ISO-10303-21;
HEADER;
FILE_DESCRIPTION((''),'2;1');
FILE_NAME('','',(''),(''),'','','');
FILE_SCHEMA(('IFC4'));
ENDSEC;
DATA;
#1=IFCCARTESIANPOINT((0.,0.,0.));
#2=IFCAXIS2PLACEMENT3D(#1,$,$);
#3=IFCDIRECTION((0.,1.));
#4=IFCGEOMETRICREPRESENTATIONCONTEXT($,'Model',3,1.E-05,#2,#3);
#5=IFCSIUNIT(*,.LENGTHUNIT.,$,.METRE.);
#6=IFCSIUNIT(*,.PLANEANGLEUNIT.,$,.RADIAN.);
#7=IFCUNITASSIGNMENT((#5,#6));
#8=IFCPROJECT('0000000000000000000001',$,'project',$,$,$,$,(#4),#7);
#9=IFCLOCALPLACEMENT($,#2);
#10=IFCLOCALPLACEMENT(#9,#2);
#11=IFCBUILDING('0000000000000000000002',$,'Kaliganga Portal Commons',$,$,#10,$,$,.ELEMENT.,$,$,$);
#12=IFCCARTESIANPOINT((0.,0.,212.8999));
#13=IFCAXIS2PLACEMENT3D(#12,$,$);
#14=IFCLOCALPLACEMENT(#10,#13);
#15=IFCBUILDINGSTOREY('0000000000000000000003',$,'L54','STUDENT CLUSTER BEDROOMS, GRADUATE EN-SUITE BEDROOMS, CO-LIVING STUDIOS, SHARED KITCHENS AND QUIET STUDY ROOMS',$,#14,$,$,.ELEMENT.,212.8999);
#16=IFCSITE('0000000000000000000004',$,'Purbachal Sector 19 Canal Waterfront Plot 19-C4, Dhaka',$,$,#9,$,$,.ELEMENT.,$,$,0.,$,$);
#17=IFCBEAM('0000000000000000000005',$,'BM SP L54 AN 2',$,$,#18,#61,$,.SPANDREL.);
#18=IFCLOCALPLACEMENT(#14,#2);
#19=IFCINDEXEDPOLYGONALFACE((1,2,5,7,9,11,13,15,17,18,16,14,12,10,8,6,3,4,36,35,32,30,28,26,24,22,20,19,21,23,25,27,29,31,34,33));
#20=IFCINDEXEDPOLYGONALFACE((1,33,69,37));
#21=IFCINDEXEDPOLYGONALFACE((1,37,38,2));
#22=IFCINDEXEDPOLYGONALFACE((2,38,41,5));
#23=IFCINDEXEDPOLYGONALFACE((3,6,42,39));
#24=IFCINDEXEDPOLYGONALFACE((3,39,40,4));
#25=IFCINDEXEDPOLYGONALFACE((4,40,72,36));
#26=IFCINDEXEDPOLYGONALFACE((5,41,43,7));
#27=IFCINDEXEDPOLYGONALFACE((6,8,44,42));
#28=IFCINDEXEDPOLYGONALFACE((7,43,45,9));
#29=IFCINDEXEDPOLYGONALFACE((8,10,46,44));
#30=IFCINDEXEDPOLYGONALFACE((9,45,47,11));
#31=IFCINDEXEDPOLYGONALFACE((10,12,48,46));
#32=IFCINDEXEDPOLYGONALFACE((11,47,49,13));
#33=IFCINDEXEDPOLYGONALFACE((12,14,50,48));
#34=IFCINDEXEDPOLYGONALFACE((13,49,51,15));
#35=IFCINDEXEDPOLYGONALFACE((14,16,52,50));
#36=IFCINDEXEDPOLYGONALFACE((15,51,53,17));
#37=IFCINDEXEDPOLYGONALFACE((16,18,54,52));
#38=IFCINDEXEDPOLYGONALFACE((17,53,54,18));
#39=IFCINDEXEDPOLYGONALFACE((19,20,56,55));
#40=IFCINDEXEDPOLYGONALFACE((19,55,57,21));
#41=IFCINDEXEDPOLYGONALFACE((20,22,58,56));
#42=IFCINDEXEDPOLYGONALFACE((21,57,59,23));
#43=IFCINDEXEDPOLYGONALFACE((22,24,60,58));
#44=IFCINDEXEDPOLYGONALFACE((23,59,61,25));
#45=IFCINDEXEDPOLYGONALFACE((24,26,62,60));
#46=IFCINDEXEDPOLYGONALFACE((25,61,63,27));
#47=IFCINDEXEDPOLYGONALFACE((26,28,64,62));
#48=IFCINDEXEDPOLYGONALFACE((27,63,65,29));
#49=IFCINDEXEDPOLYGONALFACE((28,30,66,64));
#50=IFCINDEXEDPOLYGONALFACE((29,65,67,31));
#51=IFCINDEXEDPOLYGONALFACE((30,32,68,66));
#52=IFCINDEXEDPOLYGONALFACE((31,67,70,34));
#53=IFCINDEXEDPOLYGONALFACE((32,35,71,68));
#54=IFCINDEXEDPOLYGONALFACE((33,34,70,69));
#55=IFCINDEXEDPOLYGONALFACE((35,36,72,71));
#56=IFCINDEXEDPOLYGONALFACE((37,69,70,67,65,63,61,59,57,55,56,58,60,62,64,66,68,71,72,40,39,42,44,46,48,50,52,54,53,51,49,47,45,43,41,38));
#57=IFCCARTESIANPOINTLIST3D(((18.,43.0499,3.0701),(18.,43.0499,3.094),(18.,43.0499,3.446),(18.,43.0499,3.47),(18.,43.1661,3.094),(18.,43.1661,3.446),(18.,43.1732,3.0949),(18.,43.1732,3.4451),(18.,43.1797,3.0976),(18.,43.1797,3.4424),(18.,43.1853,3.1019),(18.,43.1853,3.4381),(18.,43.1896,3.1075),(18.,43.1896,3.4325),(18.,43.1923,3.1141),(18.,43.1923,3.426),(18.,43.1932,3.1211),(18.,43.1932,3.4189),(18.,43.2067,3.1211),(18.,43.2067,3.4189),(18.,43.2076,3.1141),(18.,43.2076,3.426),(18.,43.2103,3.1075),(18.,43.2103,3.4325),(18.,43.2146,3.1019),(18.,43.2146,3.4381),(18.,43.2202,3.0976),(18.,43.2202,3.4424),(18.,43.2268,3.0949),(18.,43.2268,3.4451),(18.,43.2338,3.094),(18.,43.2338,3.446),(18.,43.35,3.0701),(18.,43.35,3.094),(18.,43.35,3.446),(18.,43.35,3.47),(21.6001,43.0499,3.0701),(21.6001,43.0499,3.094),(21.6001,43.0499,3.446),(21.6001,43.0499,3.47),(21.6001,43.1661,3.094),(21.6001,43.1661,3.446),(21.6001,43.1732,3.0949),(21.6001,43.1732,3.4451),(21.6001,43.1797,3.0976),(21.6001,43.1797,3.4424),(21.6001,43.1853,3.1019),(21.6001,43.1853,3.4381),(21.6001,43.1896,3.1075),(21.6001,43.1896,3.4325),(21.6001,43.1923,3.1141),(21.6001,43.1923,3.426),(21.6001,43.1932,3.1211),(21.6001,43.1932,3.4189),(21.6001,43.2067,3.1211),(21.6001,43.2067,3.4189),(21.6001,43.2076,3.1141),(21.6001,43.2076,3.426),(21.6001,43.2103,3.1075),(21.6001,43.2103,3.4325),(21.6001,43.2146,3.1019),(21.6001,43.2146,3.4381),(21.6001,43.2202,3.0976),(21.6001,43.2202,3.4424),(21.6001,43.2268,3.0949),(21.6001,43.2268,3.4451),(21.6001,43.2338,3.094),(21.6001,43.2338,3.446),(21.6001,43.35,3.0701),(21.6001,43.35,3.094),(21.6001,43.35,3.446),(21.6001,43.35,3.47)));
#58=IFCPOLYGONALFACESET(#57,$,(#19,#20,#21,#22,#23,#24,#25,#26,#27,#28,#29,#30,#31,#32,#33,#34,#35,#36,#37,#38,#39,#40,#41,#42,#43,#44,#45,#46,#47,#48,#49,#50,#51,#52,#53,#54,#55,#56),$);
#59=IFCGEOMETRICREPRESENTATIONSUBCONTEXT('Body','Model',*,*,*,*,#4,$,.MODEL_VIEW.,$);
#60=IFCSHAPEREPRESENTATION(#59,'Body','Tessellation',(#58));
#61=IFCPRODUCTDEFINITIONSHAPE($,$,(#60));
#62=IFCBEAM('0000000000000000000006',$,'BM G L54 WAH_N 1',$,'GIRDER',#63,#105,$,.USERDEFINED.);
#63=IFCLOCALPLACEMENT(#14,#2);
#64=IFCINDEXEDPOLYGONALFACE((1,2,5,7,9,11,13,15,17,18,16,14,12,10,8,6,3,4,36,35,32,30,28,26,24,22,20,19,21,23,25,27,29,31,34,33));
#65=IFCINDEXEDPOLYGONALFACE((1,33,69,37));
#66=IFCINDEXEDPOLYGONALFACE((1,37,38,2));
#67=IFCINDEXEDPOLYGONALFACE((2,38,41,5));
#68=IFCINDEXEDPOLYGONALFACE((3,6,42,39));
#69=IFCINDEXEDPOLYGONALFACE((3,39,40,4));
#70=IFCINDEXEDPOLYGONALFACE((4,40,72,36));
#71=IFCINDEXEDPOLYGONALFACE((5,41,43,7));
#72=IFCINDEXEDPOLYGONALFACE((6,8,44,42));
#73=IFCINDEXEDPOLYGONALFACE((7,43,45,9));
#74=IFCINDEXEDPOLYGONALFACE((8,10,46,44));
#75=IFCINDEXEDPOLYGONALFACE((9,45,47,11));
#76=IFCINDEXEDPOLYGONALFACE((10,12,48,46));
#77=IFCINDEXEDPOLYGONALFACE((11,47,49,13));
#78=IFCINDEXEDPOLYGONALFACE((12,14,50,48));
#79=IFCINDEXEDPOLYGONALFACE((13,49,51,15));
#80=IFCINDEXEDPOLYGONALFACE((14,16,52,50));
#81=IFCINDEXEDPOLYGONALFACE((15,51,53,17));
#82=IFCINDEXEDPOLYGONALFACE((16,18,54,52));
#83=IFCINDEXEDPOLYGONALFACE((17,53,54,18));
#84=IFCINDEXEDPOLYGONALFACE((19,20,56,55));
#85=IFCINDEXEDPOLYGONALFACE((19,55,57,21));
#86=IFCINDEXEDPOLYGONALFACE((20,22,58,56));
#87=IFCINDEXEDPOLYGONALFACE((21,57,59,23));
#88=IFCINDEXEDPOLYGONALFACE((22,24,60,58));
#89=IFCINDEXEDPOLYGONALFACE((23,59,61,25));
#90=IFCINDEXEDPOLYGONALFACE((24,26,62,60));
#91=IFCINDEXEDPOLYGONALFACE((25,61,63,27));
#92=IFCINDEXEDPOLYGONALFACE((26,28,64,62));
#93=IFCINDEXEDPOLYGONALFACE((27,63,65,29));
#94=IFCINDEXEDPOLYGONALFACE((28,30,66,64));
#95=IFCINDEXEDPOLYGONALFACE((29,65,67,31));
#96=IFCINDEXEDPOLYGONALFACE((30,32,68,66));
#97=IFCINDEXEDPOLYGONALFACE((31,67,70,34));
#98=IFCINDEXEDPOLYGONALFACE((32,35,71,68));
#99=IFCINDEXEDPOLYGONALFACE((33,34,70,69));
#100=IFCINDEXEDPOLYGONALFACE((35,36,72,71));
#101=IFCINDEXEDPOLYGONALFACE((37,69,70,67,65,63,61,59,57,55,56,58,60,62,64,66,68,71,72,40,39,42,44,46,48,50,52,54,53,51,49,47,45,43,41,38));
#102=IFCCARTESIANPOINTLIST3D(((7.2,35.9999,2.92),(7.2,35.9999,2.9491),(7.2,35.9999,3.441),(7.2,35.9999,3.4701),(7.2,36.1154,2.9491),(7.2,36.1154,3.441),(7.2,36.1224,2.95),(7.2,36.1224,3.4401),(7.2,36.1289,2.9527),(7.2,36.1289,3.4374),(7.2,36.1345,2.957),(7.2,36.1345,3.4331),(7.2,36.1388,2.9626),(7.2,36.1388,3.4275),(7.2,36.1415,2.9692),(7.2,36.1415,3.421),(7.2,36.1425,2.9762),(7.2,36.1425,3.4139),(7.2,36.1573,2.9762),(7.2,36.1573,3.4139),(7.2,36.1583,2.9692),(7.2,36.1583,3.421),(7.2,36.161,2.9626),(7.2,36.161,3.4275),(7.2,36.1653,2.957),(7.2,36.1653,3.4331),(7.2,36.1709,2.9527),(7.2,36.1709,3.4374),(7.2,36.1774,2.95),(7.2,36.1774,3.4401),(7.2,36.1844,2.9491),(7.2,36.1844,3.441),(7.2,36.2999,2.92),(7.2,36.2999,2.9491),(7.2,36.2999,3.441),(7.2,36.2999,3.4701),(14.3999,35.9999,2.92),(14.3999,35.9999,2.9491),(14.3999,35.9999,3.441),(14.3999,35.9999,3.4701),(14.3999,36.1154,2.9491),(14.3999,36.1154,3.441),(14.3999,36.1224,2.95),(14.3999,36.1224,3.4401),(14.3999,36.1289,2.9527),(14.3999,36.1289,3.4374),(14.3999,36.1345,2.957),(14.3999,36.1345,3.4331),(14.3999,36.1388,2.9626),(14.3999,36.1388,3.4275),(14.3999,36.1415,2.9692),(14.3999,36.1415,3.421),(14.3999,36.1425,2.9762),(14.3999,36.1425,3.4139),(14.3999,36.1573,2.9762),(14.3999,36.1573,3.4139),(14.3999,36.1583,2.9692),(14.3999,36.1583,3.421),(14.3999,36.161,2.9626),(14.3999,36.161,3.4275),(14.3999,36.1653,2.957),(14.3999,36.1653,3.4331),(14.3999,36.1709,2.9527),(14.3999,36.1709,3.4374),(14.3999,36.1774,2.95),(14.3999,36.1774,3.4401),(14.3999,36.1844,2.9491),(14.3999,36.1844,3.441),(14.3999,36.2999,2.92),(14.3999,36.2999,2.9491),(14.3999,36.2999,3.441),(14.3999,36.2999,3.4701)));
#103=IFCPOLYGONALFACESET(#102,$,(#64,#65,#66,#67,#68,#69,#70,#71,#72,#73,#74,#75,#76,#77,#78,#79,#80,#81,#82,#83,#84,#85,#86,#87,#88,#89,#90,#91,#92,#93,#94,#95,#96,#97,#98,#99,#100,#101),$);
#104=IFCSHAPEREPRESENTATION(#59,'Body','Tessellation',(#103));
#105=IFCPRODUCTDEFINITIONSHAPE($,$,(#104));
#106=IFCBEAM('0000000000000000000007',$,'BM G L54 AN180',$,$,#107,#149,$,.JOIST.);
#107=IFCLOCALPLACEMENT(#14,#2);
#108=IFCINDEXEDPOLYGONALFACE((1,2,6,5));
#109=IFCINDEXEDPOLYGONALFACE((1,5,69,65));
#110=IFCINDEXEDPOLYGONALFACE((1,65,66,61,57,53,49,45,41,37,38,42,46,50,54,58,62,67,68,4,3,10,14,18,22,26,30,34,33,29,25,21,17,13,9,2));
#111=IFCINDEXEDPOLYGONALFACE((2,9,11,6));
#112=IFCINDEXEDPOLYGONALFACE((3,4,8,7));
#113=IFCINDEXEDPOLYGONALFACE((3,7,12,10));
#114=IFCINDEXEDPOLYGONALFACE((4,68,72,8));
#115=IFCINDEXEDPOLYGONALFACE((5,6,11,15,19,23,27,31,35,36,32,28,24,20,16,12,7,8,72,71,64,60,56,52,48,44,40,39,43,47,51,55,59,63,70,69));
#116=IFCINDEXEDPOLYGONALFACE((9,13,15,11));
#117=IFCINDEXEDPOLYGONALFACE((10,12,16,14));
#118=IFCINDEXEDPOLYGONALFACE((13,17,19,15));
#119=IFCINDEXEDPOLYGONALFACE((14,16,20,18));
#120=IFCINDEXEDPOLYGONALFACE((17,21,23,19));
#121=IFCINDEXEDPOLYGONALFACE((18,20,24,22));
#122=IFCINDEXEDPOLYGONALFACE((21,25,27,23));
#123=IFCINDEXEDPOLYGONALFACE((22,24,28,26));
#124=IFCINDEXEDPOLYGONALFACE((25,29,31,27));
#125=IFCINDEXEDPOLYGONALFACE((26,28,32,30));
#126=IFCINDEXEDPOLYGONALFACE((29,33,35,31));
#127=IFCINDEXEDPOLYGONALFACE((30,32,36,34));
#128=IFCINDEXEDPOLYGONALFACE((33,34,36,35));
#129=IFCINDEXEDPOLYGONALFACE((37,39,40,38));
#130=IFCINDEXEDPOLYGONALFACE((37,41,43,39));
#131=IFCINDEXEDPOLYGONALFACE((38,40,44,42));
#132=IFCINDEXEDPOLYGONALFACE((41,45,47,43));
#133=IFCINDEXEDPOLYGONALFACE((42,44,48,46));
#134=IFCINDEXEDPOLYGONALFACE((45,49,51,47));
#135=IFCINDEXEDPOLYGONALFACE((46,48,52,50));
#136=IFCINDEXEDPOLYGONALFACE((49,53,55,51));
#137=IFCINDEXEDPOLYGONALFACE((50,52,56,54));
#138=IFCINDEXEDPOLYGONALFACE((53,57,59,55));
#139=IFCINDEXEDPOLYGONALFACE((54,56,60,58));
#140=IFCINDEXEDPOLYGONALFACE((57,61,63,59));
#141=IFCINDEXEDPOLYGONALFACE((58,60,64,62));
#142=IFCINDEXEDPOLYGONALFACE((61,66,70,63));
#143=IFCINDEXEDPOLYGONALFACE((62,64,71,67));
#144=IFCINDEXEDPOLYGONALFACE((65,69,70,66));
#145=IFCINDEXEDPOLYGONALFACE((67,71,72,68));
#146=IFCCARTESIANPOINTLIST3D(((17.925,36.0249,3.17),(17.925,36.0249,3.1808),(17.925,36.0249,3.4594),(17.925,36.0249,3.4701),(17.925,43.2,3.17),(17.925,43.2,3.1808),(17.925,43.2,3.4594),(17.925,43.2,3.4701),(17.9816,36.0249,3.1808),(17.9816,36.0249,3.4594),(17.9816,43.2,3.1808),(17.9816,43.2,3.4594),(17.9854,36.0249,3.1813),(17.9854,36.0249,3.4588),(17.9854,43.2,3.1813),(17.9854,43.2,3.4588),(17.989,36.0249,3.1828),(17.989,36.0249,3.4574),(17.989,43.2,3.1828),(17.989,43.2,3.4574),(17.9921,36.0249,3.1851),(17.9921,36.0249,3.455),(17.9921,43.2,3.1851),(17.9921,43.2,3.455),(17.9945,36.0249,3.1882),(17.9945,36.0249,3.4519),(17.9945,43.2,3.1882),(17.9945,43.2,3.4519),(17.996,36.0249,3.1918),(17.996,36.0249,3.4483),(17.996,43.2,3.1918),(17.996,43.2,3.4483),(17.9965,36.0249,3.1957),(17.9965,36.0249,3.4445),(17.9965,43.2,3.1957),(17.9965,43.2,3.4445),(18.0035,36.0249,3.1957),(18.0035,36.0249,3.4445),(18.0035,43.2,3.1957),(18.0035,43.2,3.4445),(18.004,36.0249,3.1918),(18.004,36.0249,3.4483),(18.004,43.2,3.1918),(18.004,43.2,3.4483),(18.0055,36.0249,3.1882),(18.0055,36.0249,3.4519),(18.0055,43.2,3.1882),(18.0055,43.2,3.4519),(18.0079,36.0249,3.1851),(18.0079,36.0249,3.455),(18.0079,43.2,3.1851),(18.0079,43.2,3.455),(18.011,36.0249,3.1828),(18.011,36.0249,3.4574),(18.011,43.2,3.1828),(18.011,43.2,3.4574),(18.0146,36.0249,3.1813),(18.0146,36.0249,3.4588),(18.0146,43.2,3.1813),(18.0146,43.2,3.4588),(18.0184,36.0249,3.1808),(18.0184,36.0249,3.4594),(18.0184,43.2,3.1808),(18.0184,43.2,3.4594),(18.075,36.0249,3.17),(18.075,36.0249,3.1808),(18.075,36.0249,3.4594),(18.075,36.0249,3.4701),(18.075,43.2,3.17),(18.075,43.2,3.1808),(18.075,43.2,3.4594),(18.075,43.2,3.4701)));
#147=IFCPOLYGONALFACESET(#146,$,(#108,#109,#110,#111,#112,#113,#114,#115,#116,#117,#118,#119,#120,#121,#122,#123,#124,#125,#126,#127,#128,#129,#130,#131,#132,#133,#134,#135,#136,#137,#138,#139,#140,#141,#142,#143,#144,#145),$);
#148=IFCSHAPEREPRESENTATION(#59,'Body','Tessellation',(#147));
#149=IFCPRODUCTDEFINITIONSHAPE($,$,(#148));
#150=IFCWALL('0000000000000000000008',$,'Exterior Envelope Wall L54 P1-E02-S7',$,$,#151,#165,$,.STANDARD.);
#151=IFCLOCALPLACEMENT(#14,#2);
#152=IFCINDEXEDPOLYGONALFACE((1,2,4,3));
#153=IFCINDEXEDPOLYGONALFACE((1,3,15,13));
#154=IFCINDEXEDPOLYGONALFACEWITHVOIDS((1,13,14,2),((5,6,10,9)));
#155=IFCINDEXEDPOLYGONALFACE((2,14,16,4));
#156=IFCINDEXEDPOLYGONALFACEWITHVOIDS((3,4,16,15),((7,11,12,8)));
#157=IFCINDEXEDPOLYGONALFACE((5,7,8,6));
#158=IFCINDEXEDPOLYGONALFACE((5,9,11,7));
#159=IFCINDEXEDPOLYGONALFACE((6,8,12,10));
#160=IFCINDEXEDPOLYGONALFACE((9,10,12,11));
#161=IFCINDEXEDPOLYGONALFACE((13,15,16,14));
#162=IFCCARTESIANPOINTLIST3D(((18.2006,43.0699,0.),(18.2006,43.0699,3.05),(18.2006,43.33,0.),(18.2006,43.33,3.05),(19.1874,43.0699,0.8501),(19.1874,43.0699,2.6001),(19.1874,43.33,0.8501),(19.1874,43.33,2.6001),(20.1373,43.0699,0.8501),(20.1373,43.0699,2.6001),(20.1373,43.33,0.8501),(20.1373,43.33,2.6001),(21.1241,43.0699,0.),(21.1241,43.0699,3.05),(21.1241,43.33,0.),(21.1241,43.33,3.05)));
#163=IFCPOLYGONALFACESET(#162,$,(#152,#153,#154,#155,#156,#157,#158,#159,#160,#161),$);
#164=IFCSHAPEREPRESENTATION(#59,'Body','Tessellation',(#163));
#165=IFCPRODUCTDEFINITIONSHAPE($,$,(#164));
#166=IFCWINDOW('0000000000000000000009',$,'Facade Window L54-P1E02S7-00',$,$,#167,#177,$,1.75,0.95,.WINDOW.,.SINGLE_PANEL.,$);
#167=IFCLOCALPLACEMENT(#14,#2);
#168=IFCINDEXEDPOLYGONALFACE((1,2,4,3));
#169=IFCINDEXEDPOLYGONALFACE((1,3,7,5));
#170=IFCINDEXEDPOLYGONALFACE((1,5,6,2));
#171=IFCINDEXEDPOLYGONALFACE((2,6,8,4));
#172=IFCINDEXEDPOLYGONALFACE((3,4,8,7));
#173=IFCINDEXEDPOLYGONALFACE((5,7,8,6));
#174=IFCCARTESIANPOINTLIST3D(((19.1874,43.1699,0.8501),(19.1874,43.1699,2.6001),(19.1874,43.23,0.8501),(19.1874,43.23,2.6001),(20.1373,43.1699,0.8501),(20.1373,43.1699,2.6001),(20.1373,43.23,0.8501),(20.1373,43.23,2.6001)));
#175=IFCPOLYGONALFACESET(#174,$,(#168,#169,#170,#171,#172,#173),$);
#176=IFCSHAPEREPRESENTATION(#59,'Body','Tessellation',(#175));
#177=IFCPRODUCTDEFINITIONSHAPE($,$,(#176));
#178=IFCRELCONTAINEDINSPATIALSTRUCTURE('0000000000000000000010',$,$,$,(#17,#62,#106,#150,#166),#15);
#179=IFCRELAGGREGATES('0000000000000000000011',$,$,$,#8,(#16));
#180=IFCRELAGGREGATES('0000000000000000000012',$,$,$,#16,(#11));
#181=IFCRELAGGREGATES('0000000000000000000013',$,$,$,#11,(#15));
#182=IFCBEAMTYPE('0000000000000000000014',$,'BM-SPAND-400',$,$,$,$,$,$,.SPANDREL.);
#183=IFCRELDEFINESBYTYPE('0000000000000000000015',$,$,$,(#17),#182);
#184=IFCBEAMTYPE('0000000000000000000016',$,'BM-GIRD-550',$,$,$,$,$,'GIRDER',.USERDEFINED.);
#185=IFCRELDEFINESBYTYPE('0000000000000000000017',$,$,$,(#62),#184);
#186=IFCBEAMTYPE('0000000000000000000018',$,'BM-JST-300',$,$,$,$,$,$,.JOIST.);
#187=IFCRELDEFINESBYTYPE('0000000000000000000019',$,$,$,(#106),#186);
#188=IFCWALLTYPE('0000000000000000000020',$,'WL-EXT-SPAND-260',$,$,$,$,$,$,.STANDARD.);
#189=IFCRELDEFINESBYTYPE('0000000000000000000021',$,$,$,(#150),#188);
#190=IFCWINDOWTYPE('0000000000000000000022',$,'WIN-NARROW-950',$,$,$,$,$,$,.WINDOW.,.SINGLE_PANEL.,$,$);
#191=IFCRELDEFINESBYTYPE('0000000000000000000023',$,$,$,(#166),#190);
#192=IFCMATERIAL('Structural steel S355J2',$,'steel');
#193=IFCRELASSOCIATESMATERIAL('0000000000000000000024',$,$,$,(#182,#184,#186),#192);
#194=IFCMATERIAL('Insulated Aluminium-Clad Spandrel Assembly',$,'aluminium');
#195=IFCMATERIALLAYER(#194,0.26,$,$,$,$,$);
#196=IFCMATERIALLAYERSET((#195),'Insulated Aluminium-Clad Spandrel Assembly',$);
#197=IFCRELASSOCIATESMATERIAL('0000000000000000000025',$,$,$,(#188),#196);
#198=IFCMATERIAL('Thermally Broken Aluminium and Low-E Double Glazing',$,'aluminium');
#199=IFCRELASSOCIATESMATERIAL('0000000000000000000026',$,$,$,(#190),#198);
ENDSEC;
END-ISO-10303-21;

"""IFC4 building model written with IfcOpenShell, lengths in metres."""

from ifc_helpers import new_model, si_unit, direction, frame, frame_2d, origin, origin_2d, place, context, subcontext, project, spatial, rectangle, i_section, extrude, source, transform, mapped, material, layer, layer_set, material_profile, profile_set, type_object, element, fill, save


model = new_model("IFC4")

# Units and contexts
model_context = context("Model", 3, precision=1e-05, world=origin(), true_north=direction((0.0, 1.0)))
body_context = subcontext(model_context, "Body", "Model", "MODEL_VIEW")
ifc_project = project(units=[si_unit("LENGTHUNIT", "METRE"), si_unit("PLANEANGLEUNIT", "RADIAN")], contexts=[model_context])

# Site, building, storey
site_placement = place(None, origin())
site = spatial("IfcSite", under=ifc_project, at=site_placement, Name="Purbachal Sector 19 Canal Waterfront Plot 19-C4, Dhaka", CompositionType="ELEMENT", RefElevation=0.0)
building_placement = place(site_placement, origin())
building = spatial("IfcBuilding", under=site, at=building_placement, Name="Kaliganga Portal Commons", CompositionType="ELEMENT")
storey_placement = place(building_placement, frame((0.0, 0.0, 212.8999)))
storey = spatial("IfcBuildingStorey", under=building, at=storey_placement, Name="L54", Description="STUDENT CLUSTER BEDROOMS, GRADUATE EN-SUITE BEDROOMS, CO-LIVING STUDIOS, SHARED KITCHENS AND QUIET STUDY ROOMS", CompositionType="ELEMENT", Elevation=212.8999)

# Shared definitions
ifc_material_1 = material(Name="Structural steel S355J2", Category="steel")

# Beams
ifc_material_profile_1 = material_profile(ifc_material_1, i_section(OverallWidth=0.3, OverallDepth=0.3999, WebThickness=0.0134, FlangeThickness=0.0239, FilletRadius=0.0271, at=origin_2d()), Name="HE 400 B")
ifc_profile_set_1 = profile_set([ifc_material_profile_1], Name="Structural steel S355J2 wide-flange")
beam_type_1 = type_object("IfcBeamType", Name="BM-SPAND-400", PredefinedType="SPANDREL", material=ifc_profile_set_1)
shared_shape_1 = source(origin(), body_context, "Body", "SweptSolid", [
    extrude(i_section(OverallWidth=0.3, OverallDepth=0.3999, WebThickness=0.0134, FlangeThickness=0.0239, FilletRadius=0.0271, at=origin_2d()), origin(), (0.0, 0.0, 1.0), 3.6001),
])
for number, where, z_axis, x_axis, name in (
    (1, (18.0, 43.2, 3.27), (1.0, 0.0, 0.0), (0.0, 1.0, 0.0), "BM SP L54 AN 2"),
):
    element("IfcBeam", number, at=place(storey_placement, frame(where, z_axis=z_axis, x_axis=x_axis)), inside=storey, type_object=beam_type_1, Name=name, PredefinedType="SPANDREL", context=body_context, shape_type="MappedRepresentation", body=[
        mapped(shared_shape_1, transform((0.0, 0.0, 0.0), x_axis=(1.0, 0.0, 0.0), y_axis=(0.0, 1.0, 0.0), z_axis=(0.0, 0.0, 1.0), scale=1.0)),
    ])
ifc_material_profile_2 = material_profile(ifc_material_1, i_section(OverallWidth=0.3, OverallDepth=0.55, WebThickness=0.0149, FlangeThickness=0.0291, FilletRadius=0.0271, at=origin_2d()), Name="HE 550 B")
ifc_profile_set_2 = profile_set([ifc_material_profile_2], Name="Structural steel S355J2 wide-flange")
beam_type_2 = type_object("IfcBeamType", Name="BM-GIRD-550", ElementType="GIRDER", PredefinedType="USERDEFINED", material=ifc_profile_set_2)
shared_shape_2 = source(origin(), body_context, "Body", "SweptSolid", [
    extrude(i_section(OverallWidth=0.3, OverallDepth=0.55, WebThickness=0.0149, FlangeThickness=0.0291, FilletRadius=0.0271, at=origin_2d()), origin(), (0.0, 0.0, 1.0), 7.2),
])
beam_1_placement = place(storey_placement, frame((7.2, 36.1499, 3.1951), z_axis=(1.0, 0.0, 0.0), x_axis=(0.0, 1.0, 0.0)))
element("IfcBeam", 2, at=beam_1_placement, inside=storey, type_object=beam_type_2, Name="BM G L54 WAH_N 1", ObjectType="GIRDER", PredefinedType="USERDEFINED", context=body_context, shape_type="MappedRepresentation", body=[
    mapped(shared_shape_2, transform((0.0, 0.0, 0.0), x_axis=(1.0, 0.0, 0.0), y_axis=(0.0, 1.0, 0.0), z_axis=(0.0, 0.0, 1.0), scale=1.0)),
])
ifc_material_profile_3 = material_profile(ifc_material_1, i_section(OverallWidth=0.1499, OverallDepth=0.3, WebThickness=0.0071, FlangeThickness=0.0107, FilletRadius=0.0149, at=origin_2d()), Name="IPE 300")
ifc_profile_set_3 = profile_set([ifc_material_profile_3], Name="Structural steel S355J2 wide-flange")
beam_type_3 = type_object("IfcBeamType", Name="BM-JST-300", PredefinedType="JOIST", material=ifc_profile_set_3)
shared_shape_3 = source(origin(), body_context, "Body", "SweptSolid", [
    extrude(i_section(OverallWidth=0.1499, OverallDepth=0.3, WebThickness=0.0071, FlangeThickness=0.0107, FilletRadius=0.0149, at=origin_2d()), origin(), (0.0, 0.0, 1.0), 7.175),
])
beam_2_placement = place(storey_placement, frame((18.0, 36.0249, 3.3201), z_axis=(0.0, 1.0, 0.0), x_axis=(-1.0, 0.0, 0.0)))
element("IfcBeam", 3, at=beam_2_placement, inside=storey, type_object=beam_type_3, Name="BM G L54 AN180", PredefinedType="JOIST", context=body_context, shape_type="MappedRepresentation", body=[
    mapped(shared_shape_3, transform((0.0, 0.0, 0.0), x_axis=(1.0, 0.0, 0.0), y_axis=(0.0, 1.0, 0.0), z_axis=(0.0, 0.0, 1.0), scale=1.0)),
])

# Wall, opening, window
ifc_material_2 = material(Name="Insulated Aluminium-Clad Spandrel Assembly", Category="aluminium")
ifc_layer_1 = layer(ifc_material_2, 0.26)
ifc_layer_set_1 = layer_set([ifc_layer_1], Name="Insulated Aluminium-Clad Spandrel Assembly")
wall_type_1 = type_object("IfcWallType", Name="WL-EXT-SPAND-260", PredefinedType="STANDARD", material=ifc_layer_set_1)
wall_1_placement = place(storey_placement, frame((18.2004, 43.2, 0.0), z_axis=(0.0, 0.0, 1.0), x_axis=(1.0, 0.0, 0.0)))
wall_1 = element("IfcWall", 4, at=wall_1_placement, inside=storey, type_object=wall_type_1, Name="Exterior Envelope Wall L54 P1-E02-S7", PredefinedType="STANDARD", context=body_context, shape_type="SweptSolid", body=[
    extrude(rectangle(XDim=2.9236, YDim=0.26, at=frame_2d((1.4619, 0.0))), origin(), (0.0, 0.0, 1.0), 3.05),
])
opening_1_placement = place(wall_1_placement, frame((0.9868, 0.0, 0.8501)))
opening_1 = element("IfcOpeningElement", 5, at=opening_1_placement, cuts=wall_1, PredefinedType="OPENING", context=body_context, shape_type="SweptSolid", body=[
    extrude(rectangle(XDim=0.95, YDim=1.75, at=frame_2d((0.4751, 0.875))), frame((0.0, 0.1401, 0.0), z_axis=(0.0, -1.0, 0.0), x_axis=(1.0, 0.0, 0.0)), (0.0, 0.0, 1.0), 0.28),
])
ifc_material_3 = material(Name="Thermally Broken Aluminium and Low-E Double Glazing", Category="aluminium")
window_type_1 = type_object("IfcWindowType", Name="WIN-NARROW-950", PartitioningType="SINGLE_PANEL", PredefinedType="WINDOW", material=ifc_material_3)
window_1_placement = place(opening_1_placement, origin())
window_1 = element("IfcWindow", 6, at=window_1_placement, inside=storey, type_object=window_type_1, Name="Facade Window L54-P1E02S7-00", OverallHeight=1.75, OverallWidth=0.95, PartitioningType="SINGLE_PANEL", PredefinedType="WINDOW", context=body_context, shape_type="SweptSolid", body=[
    extrude(rectangle(XDim=0.95, YDim=1.75, at=frame_2d((0.4751, 0.875))), frame((0.0, 0.03, 0.0), z_axis=(0.0, -1.0, 0.0), x_axis=(1.0, 0.0, 0.0)), (0.0, 0.0, 1.0), 0.0601),
])
fill(opening_1, window_1)

save(model, "model.ifc")
